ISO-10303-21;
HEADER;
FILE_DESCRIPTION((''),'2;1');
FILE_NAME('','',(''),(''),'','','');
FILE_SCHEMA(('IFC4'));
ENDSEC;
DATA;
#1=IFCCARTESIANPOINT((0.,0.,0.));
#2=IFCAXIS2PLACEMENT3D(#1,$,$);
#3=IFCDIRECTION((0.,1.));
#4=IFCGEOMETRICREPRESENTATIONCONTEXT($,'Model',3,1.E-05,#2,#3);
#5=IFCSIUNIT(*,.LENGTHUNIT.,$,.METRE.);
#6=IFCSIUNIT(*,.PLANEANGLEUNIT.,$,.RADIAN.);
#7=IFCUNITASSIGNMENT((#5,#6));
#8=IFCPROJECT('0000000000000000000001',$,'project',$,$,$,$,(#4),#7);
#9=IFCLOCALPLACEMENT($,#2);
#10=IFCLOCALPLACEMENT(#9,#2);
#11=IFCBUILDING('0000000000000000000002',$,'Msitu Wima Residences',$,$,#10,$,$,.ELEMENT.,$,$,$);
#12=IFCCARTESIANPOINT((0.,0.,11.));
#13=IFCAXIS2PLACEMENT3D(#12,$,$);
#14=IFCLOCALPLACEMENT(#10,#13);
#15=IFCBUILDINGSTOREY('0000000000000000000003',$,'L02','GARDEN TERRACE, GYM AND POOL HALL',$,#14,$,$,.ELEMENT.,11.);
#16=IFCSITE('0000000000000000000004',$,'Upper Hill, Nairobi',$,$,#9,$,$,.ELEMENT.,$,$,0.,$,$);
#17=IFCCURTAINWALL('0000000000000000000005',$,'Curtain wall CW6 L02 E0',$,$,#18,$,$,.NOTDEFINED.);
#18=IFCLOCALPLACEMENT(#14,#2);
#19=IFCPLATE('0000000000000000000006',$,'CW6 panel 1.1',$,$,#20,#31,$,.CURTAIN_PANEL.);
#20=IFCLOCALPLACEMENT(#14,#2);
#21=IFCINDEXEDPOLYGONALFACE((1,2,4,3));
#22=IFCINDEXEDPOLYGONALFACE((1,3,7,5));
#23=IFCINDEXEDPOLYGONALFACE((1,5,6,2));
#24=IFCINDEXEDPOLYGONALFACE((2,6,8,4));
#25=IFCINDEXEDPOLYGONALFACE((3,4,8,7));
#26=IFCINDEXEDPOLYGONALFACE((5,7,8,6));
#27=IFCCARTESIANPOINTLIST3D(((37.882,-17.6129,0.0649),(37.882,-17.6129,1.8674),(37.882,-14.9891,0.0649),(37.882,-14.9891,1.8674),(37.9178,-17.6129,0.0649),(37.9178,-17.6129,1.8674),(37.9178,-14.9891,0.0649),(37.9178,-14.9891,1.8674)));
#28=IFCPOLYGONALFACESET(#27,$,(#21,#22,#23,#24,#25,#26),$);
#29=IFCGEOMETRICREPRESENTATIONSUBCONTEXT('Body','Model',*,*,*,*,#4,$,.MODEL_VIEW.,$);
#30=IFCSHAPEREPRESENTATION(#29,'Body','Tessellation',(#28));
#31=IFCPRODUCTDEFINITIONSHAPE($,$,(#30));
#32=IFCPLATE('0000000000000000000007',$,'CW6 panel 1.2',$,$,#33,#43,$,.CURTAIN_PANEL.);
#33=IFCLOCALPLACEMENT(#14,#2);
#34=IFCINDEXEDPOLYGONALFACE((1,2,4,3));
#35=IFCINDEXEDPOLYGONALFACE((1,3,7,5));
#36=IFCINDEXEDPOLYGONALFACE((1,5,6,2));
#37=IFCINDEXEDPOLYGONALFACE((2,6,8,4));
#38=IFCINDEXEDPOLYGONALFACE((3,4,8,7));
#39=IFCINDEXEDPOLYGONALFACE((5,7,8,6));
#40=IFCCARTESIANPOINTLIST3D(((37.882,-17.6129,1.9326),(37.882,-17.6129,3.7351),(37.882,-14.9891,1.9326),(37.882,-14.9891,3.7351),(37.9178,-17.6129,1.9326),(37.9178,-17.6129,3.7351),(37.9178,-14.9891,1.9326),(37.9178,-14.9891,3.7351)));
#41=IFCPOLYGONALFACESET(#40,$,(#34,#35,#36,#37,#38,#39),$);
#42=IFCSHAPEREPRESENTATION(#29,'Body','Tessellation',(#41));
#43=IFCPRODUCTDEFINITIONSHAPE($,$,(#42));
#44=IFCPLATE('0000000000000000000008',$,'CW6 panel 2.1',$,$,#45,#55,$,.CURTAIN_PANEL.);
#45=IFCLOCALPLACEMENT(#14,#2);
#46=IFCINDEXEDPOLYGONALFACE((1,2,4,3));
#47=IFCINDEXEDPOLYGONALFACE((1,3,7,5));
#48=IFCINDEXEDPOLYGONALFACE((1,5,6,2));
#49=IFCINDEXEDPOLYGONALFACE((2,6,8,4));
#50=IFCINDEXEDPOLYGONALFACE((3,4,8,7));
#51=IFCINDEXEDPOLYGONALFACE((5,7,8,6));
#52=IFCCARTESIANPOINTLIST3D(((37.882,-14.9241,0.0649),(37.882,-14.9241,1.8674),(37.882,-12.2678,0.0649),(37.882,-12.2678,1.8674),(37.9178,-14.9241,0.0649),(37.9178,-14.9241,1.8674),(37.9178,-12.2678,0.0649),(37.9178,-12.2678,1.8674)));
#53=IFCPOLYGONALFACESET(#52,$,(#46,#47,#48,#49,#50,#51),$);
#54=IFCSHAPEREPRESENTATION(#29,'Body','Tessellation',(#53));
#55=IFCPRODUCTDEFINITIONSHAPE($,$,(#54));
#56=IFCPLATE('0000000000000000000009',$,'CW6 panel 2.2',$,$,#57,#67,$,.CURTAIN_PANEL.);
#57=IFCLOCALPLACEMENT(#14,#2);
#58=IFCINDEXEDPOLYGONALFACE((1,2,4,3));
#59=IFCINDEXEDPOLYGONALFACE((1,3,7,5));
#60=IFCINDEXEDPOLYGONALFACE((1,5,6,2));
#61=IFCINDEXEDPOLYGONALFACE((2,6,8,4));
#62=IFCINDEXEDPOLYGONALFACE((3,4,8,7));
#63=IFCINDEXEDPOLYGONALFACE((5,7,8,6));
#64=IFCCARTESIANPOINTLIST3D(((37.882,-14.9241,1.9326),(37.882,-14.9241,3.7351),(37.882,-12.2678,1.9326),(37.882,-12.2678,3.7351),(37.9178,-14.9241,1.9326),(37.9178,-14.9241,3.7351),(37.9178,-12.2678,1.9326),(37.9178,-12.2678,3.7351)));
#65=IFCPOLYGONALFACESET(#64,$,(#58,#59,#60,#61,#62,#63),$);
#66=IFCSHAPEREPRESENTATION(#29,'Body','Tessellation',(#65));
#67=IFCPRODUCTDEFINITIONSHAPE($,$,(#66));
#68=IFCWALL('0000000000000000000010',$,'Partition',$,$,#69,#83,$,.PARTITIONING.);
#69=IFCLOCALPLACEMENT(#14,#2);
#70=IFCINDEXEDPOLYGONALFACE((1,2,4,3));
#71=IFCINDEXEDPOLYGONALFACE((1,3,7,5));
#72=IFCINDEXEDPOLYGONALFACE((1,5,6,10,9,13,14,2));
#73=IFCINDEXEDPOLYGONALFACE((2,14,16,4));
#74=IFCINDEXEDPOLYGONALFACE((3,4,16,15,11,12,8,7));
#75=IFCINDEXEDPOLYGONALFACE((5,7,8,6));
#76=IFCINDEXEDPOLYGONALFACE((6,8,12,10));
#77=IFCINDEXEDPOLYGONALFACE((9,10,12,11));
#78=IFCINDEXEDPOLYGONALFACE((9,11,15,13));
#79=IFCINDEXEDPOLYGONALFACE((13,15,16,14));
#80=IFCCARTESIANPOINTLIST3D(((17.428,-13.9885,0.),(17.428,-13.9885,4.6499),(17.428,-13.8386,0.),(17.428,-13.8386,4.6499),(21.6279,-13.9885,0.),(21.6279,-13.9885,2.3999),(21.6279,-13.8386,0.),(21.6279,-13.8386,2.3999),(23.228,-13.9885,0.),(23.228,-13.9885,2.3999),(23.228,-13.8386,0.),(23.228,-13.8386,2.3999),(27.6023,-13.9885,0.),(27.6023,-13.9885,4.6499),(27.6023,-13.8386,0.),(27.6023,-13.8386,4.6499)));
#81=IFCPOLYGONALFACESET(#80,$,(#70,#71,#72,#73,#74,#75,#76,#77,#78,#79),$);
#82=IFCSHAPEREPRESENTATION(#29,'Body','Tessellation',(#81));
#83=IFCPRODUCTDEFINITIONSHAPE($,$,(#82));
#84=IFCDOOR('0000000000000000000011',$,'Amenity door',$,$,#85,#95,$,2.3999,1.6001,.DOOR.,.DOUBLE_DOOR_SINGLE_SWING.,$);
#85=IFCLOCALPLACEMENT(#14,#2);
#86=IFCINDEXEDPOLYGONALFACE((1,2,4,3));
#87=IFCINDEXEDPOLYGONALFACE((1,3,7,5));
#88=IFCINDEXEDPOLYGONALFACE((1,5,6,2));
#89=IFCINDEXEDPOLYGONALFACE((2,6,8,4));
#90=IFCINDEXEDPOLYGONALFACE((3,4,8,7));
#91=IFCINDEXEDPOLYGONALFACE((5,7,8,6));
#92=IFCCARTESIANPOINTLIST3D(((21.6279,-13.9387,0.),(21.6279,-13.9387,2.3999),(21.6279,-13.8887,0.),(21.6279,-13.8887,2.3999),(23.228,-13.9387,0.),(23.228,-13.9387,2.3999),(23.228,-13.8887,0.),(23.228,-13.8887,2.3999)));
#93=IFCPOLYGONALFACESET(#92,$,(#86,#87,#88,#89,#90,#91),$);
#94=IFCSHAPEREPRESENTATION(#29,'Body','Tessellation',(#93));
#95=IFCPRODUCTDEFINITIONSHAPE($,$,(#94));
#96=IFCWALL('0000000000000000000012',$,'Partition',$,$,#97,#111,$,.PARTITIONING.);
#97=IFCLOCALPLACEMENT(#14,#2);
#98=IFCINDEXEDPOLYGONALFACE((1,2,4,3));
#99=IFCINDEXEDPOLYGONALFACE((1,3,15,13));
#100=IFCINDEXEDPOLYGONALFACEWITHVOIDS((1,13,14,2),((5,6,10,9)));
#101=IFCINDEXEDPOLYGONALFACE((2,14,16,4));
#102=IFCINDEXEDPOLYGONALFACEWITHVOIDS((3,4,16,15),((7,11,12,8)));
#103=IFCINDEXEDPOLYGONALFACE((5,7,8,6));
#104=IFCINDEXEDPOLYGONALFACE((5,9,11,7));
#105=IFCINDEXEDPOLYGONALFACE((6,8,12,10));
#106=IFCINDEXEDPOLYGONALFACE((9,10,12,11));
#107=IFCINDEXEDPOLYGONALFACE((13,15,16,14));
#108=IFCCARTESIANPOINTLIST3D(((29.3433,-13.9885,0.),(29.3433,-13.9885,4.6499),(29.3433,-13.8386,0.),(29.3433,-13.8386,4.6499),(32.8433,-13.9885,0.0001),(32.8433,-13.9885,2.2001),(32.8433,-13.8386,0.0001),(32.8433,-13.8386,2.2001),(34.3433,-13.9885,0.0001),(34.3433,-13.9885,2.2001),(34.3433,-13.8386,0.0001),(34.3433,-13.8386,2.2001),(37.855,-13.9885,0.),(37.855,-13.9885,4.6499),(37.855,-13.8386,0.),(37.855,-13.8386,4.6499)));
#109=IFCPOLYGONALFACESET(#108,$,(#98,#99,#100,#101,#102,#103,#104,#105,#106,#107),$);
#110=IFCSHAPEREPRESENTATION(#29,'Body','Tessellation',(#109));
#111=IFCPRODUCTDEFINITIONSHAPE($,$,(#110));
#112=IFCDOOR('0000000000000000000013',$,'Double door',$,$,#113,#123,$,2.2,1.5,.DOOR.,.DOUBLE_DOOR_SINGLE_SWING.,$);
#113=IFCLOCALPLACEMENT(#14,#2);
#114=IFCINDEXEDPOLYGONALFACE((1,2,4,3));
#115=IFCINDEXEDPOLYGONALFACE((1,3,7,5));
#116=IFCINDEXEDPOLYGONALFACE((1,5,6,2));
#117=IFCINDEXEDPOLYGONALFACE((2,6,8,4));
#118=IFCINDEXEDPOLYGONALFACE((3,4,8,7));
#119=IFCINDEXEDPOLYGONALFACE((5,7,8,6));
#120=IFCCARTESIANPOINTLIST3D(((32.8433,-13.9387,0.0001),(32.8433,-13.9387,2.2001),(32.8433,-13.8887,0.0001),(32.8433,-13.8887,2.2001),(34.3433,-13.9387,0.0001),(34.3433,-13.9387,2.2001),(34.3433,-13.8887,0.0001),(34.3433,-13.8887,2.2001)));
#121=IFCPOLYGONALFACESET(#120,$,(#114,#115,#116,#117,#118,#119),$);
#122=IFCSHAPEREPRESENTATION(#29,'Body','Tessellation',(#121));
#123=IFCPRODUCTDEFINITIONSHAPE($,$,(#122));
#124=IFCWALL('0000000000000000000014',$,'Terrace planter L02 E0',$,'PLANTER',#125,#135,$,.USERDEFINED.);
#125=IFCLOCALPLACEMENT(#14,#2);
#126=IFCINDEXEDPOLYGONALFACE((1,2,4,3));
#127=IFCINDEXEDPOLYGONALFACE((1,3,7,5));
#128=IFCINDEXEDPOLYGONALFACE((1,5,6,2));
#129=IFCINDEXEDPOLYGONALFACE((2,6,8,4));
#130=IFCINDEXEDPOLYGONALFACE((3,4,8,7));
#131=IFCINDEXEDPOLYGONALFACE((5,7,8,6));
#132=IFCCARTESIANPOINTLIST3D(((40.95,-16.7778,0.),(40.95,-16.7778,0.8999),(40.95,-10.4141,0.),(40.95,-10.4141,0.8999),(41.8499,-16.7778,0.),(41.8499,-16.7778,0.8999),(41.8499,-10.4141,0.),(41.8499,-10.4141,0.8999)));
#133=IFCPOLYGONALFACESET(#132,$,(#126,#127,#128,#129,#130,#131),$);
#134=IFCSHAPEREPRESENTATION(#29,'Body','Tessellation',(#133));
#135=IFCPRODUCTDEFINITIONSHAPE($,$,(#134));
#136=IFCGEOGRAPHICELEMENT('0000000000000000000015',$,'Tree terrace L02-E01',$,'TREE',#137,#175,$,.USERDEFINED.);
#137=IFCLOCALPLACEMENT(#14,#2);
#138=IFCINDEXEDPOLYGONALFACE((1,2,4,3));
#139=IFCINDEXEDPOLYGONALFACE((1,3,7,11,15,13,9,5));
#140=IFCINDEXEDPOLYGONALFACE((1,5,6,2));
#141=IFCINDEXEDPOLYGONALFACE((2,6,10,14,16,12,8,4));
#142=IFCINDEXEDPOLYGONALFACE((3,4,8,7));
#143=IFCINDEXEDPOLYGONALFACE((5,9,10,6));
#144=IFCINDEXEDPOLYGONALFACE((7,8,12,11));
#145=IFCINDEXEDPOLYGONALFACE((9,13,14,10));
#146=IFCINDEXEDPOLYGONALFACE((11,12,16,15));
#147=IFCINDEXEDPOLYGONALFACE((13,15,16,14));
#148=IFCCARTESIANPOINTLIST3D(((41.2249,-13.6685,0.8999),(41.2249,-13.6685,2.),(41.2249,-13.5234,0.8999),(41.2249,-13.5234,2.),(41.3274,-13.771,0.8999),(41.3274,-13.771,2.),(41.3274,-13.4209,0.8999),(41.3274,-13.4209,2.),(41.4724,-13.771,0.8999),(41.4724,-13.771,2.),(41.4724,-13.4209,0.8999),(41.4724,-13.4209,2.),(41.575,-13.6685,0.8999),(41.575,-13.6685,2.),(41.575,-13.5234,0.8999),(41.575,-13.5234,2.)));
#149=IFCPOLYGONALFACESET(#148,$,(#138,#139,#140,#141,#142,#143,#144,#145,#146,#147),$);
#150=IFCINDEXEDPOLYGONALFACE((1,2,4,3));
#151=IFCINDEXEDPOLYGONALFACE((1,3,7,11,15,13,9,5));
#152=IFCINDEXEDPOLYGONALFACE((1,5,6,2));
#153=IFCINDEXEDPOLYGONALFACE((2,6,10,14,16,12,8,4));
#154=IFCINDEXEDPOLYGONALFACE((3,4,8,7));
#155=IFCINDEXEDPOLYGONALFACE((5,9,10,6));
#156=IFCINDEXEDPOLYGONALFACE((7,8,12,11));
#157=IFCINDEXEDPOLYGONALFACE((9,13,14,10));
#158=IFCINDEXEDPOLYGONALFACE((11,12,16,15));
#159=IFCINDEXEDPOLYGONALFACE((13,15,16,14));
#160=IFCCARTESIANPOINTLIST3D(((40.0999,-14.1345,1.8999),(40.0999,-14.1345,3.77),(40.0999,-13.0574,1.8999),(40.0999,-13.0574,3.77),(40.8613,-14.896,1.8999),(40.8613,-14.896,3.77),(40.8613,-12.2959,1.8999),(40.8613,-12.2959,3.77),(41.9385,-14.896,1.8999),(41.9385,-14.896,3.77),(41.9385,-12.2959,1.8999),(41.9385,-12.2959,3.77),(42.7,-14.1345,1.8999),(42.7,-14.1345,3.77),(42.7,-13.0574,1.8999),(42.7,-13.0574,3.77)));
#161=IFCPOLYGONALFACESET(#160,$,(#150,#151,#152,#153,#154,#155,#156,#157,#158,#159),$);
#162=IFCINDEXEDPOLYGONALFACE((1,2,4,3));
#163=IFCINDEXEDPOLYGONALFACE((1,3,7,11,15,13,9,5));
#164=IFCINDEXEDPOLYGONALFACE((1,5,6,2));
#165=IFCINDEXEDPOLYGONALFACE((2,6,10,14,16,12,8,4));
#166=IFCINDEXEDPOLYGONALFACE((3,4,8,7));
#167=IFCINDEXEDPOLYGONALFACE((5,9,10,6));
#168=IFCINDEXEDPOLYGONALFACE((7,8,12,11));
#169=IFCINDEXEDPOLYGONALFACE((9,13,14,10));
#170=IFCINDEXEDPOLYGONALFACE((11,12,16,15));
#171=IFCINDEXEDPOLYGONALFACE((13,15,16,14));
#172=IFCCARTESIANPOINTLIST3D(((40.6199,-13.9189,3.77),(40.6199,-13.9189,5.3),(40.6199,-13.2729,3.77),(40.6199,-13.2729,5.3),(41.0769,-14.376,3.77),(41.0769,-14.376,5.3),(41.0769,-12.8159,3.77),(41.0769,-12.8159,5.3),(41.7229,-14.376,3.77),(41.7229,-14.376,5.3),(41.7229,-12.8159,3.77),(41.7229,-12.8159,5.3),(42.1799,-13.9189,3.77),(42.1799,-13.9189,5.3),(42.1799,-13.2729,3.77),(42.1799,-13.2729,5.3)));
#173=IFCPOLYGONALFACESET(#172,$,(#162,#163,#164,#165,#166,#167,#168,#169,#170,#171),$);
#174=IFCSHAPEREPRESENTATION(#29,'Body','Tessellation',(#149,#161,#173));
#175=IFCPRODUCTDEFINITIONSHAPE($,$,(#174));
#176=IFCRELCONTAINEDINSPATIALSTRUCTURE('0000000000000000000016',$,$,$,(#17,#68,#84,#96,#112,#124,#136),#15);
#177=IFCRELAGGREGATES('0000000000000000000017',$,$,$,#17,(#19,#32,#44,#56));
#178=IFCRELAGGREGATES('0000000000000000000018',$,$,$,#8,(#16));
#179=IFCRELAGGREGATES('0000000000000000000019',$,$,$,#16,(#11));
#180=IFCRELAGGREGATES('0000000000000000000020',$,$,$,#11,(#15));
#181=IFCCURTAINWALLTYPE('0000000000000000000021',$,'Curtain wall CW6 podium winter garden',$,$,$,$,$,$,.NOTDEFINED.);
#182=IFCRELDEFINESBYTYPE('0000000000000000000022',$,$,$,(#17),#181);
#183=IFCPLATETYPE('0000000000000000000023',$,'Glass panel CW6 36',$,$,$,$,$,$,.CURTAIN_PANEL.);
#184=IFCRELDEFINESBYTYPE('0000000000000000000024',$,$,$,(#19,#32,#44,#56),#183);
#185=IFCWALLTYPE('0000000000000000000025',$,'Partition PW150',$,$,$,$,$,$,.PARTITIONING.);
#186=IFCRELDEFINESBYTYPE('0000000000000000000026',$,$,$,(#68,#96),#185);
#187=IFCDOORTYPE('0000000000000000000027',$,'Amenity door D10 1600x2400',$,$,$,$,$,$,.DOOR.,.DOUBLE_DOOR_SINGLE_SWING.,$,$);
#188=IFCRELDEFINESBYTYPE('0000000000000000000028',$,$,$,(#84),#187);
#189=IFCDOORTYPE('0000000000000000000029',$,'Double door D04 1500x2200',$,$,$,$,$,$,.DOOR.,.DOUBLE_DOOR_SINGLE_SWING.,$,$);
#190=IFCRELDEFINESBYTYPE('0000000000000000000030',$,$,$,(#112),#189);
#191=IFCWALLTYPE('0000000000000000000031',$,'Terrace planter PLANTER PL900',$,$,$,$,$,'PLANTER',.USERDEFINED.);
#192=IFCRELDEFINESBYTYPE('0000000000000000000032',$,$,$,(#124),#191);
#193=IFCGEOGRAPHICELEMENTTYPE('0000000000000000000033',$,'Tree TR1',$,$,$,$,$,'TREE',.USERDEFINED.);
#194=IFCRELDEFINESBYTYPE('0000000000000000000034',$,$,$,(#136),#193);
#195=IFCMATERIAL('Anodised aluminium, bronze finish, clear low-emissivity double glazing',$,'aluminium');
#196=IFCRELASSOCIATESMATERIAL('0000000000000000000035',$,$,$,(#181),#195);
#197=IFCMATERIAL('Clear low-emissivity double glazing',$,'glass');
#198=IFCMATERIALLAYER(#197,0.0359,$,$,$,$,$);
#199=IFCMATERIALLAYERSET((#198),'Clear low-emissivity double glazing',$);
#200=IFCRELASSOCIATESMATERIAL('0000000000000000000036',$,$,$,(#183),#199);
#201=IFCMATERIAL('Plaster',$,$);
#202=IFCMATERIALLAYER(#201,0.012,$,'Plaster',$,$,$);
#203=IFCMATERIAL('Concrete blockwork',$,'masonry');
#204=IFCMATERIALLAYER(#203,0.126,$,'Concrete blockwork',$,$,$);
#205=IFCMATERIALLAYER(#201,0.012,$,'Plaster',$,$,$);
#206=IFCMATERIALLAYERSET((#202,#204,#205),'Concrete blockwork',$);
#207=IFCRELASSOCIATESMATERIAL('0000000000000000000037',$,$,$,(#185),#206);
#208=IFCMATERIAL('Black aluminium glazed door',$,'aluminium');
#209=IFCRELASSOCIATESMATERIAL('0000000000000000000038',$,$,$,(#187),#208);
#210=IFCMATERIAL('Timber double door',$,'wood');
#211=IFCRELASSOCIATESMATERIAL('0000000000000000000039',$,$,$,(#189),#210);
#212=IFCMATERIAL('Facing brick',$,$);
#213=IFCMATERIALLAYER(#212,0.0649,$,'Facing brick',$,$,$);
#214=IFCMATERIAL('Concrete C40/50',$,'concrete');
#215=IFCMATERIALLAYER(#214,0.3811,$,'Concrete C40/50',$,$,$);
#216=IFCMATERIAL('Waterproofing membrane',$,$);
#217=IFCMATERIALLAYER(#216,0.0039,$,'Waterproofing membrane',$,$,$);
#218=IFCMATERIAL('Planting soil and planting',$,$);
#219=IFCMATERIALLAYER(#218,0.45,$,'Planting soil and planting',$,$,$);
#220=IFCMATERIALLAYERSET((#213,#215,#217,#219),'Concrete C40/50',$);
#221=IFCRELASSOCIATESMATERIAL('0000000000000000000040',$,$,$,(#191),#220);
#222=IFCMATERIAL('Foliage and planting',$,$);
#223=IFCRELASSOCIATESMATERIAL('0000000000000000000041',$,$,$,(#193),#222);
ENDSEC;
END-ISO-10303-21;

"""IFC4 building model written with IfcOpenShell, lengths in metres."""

from ifc_helpers import new_model, si_unit, direction, frame, frame_2d, origin, origin_2d, place, context, subcontext, project, spatial, polyline, rectangle, outline, extrude, material, layer, layer_set, type_object, element, fill, aggregate, save


model = new_model("IFC4")

# Units and contexts
model_context = context("Model", 3, precision=1e-05, world=origin(), true_north=direction((0.0, 1.0)))
body_context = subcontext(model_context, "Body", "Model", "MODEL_VIEW")
ifc_project = project(units=[si_unit("LENGTHUNIT", "METRE"), si_unit("PLANEANGLEUNIT", "RADIAN")], contexts=[model_context])

# Site, building, storey
site_placement = place(None, origin())
site = spatial("IfcSite", under=ifc_project, at=site_placement, Name="Upper Hill, Nairobi", CompositionType="ELEMENT", RefElevation=0.0)
building_placement = place(site_placement, origin())
building = spatial("IfcBuilding", under=site, at=building_placement, Name="Msitu Wima Residences", CompositionType="ELEMENT")
storey_placement = place(building_placement, frame((0.0, 0.0, 11.0)))
storey = spatial("IfcBuildingStorey", under=building, at=storey_placement, Name="L02", Description="GARDEN TERRACE, GYM AND POOL HALL", CompositionType="ELEMENT", Elevation=11.0)

# Curtain wall
ifc_material_1 = material(Name="Anodised aluminium, bronze finish, clear low-emissivity double glazing", Category="aluminium")
curtain_wall_type = type_object("IfcCurtainWallType", Name="Curtain wall CW6 podium winter garden", PredefinedType="NOTDEFINED", material=ifc_material_1)
curtain_wall_placement = place(storey_placement, origin())
curtain_wall = element("IfcCurtainWall", 1, at=curtain_wall_placement, inside=storey, type_object=curtain_wall_type, Name="Curtain wall CW6 L02 E0", PredefinedType="NOTDEFINED")

# Plates
ifc_material_2 = material(Name="Clear low-emissivity double glazing", Category="glass")
ifc_layer_1 = layer(ifc_material_2, 0.0359)
ifc_layer_set_1 = layer_set([ifc_layer_1], Name="Clear low-emissivity double glazing")
plate_type = type_object("IfcPlateType", Name="Glass panel CW6 36", PredefinedType="CURTAIN_PANEL", material=ifc_layer_set_1)
plate_1_placement = place(storey_placement, frame((37.8999, -16.301, 0.0649), z_axis=(0.0, 0.0, 1.0), x_axis=(0.0, 1.0, 0.0)))
plate_1 = element("IfcPlate", 2, at=plate_1_placement, type_object=plate_type, Name="CW6 panel 1.1", PredefinedType="CURTAIN_PANEL", context=body_context, shape_type="SweptSolid", body=[
    extrude(rectangle(XDim=2.6238, YDim=0.0359, at=origin_2d()), origin(), (0.0, 0.0, 1.0), 1.8025),
])
plate_2_placement = place(storey_placement, frame((37.8999, -16.301, 1.9326), z_axis=(0.0, 0.0, 1.0), x_axis=(0.0, 1.0, 0.0)))
plate_2 = element("IfcPlate", 3, at=plate_2_placement, type_object=plate_type, Name="CW6 panel 1.2", PredefinedType="CURTAIN_PANEL", context=body_context, shape_type="SweptSolid", body=[
    extrude(rectangle(XDim=2.6238, YDim=0.0359, at=origin_2d()), origin(), (0.0, 0.0, 1.0), 1.8025),
])
plate_3_placement = place(storey_placement, frame((37.8999, -13.5959, 0.0649), z_axis=(0.0, 0.0, 1.0), x_axis=(0.0, 1.0, 0.0)))
plate_3 = element("IfcPlate", 4, at=plate_3_placement, type_object=plate_type, Name="CW6 panel 2.1", PredefinedType="CURTAIN_PANEL", context=body_context, shape_type="SweptSolid", body=[
    extrude(rectangle(XDim=2.6562, YDim=0.0359, at=origin_2d()), origin(), (0.0, 0.0, 1.0), 1.8025),
])
plate_4_placement = place(storey_placement, frame((37.8999, -13.5959, 1.9326), z_axis=(0.0, 0.0, 1.0), x_axis=(0.0, 1.0, 0.0)))
plate_4 = element("IfcPlate", 5, at=plate_4_placement, type_object=plate_type, Name="CW6 panel 2.2", PredefinedType="CURTAIN_PANEL", context=body_context, shape_type="SweptSolid", body=[
    extrude(rectangle(XDim=2.6562, YDim=0.0359, at=origin_2d()), origin(), (0.0, 0.0, 1.0), 1.8025),
])
aggregate(curtain_wall, [plate_1, plate_2, plate_3, plate_4])

# Walls, openings, doors
ifc_material_3 = material(Name="Plaster")
ifc_layer_2 = layer(ifc_material_3, 0.012, Name="Plaster")
ifc_material_4 = material(Name="Concrete blockwork", Category="masonry")
ifc_layer_3 = layer(ifc_material_4, 0.126, Name="Concrete blockwork")
ifc_layer_4 = layer(ifc_material_3, 0.012, Name="Plaster")
ifc_layer_set_2 = layer_set([ifc_layer_2, ifc_layer_3, ifc_layer_4], Name="Concrete blockwork")
wall_type_1 = type_object("IfcWallType", Name="Partition PW150", PredefinedType="PARTITIONING", material=ifc_layer_set_2)
wall_1_placement = place(storey_placement, frame((17.428, -13.9136, 0.0), z_axis=(0.0, 0.0, 1.0), x_axis=(1.0, 0.0, 0.0)))
wall_1 = element("IfcWall", 6, at=wall_1_placement, inside=storey, type_object=wall_type_1, Name="Partition", PredefinedType="PARTITIONING", context=body_context, shape_type="SweptSolid", body=[
    extrude(rectangle(XDim=10.1743, YDim=0.1499, at=frame_2d((5.0872, 0.0))), origin(), (0.0, 0.0, 1.0), 4.6499),
])
opening_1_placement = place(wall_1_placement, frame((4.2, 0.0, 0.0)))
opening_1 = element("IfcOpeningElement", 7, at=opening_1_placement, cuts=wall_1, PredefinedType="OPENING", context=body_context, shape_type="SweptSolid", body=[
    extrude(rectangle(XDim=1.6001, YDim=2.3999, at=frame_2d((0.8, 1.2))), frame((0.0, 0.085, 0.0), z_axis=(0.0, -1.0, 0.0), x_axis=(1.0, 0.0, 0.0)), (0.0, 0.0, 1.0), 0.1699),
])
ifc_material_5 = material(Name="Black aluminium glazed door", Category="aluminium")
door_type_1 = type_object("IfcDoorType", Name="Amenity door D10 1600x2400", OperationType="DOUBLE_DOOR_SINGLE_SWING", PredefinedType="DOOR", material=ifc_material_5)
door_1_placement = place(opening_1_placement, origin())
door_1 = element("IfcDoor", 8, at=door_1_placement, inside=storey, type_object=door_type_1, Name="Amenity door", OperationType="DOUBLE_DOOR_SINGLE_SWING", OverallHeight=2.3999, OverallWidth=1.6001, PredefinedType="DOOR", context=body_context, shape_type="SweptSolid", body=[
    extrude(rectangle(XDim=1.6001, YDim=2.3999, at=frame_2d((0.8, 1.2))), frame((0.0, 0.0249, 0.0), z_axis=(0.0, -1.0, 0.0), x_axis=(1.0, 0.0, 0.0)), (0.0, 0.0, 1.0), 0.05),
])
fill(opening_1, door_1)
wall_2_placement = place(storey_placement, frame((29.3433, -13.9136, 0.0), z_axis=(0.0, 0.0, 1.0), x_axis=(1.0, 0.0, 0.0)))
wall_2 = element("IfcWall", 9, at=wall_2_placement, inside=storey, type_object=wall_type_1, Name="Partition", PredefinedType="PARTITIONING", context=body_context, shape_type="SweptSolid", body=[
    extrude(rectangle(XDim=8.5117, YDim=0.1499, at=frame_2d((4.2559, 0.0))), origin(), (0.0, 0.0, 1.0), 4.6499),
])
opening_2_placement = place(wall_2_placement, frame((3.5, 0.0, 0.0)))
opening_2 = element("IfcOpeningElement", 10, at=opening_2_placement, cuts=wall_2, PredefinedType="OPENING", context=body_context, shape_type="SweptSolid", body=[
    extrude(rectangle(XDim=1.5, YDim=2.2, at=frame_2d((0.75, 1.1001))), frame((0.0, 0.085, 0.0), z_axis=(0.0, -1.0, 0.0), x_axis=(1.0, 0.0, 0.0)), (0.0, 0.0, 1.0), 0.1699),
])
ifc_material_6 = material(Name="Timber double door", Category="wood")
door_type_2 = type_object("IfcDoorType", Name="Double door D04 1500x2200", OperationType="DOUBLE_DOOR_SINGLE_SWING", PredefinedType="DOOR", material=ifc_material_6)
door_2_placement = place(opening_2_placement, origin())
door_2 = element("IfcDoor", 11, at=door_2_placement, inside=storey, type_object=door_type_2, Name="Double door", OperationType="DOUBLE_DOOR_SINGLE_SWING", OverallHeight=2.2, OverallWidth=1.5, PredefinedType="DOOR", context=body_context, shape_type="SweptSolid", body=[
    extrude(rectangle(XDim=1.5, YDim=2.2, at=frame_2d((0.75, 1.1001))), frame((0.0, 0.0249, 0.0), z_axis=(0.0, -1.0, 0.0), x_axis=(1.0, 0.0, 0.0)), (0.0, 0.0, 1.0), 0.05),
])
fill(opening_2, door_2)

# Wall
ifc_material_7 = material(Name="Facing brick")
ifc_layer_5 = layer(ifc_material_7, 0.0649, Name="Facing brick")
ifc_material_8 = material(Name="Concrete C40/50", Category="concrete")
ifc_layer_6 = layer(ifc_material_8, 0.3811, Name="Concrete C40/50")
ifc_material_9 = material(Name="Waterproofing membrane")
ifc_layer_7 = layer(ifc_material_9, 0.0039, Name="Waterproofing membrane")
ifc_material_10 = material(Name="Planting soil and planting")
ifc_layer_8 = layer(ifc_material_10, 0.45, Name="Planting soil and planting")
ifc_layer_set_3 = layer_set([ifc_layer_5, ifc_layer_6, ifc_layer_7, ifc_layer_8], Name="Concrete C40/50")
wall_type_2 = type_object("IfcWallType", Name="Terrace planter PLANTER PL900", ElementType="PLANTER", PredefinedType="USERDEFINED", material=ifc_layer_set_3)
wall_3_placement = place(storey_placement, frame((41.3999, -16.7778, 0.0), z_axis=(0.0, 0.0, 1.0), x_axis=(0.0, 1.0, 0.0)))
element("IfcWall", 12, at=wall_3_placement, inside=storey, type_object=wall_type_2, Name="Terrace planter L02 E0", ObjectType="PLANTER", PredefinedType="USERDEFINED", context=body_context, shape_type="SweptSolid", body=[
    extrude(rectangle(XDim=6.3638, YDim=0.8999, at=frame_2d((3.1819, 0.0))), origin(), (0.0, 0.0, 1.0), 0.8999),
])

# Geographic element
ifc_material_11 = material(Name="Foliage and planting")
geographic_element_type = type_object("IfcGeographicElementType", Name="Tree TR1", ElementType="TREE", PredefinedType="USERDEFINED", material=ifc_material_11)
geographic_element_placement = place(storey_placement, frame((41.3999, -13.5959, 0.8999), z_axis=(0.0, 0.0, 1.0), x_axis=(1.0, 0.0, 0.0)))
element("IfcGeographicElement", 13, at=geographic_element_placement, inside=storey, type_object=geographic_element_type, Name="Tree terrace L02-E01", ObjectType="TREE", PredefinedType="USERDEFINED", context=body_context, shape_type="SweptSolid", body=[
    extrude(outline(polyline([(0.175, 0.0725), (0.0725, 0.175), (-0.0725, 0.175), (-0.175, 0.0725), (-0.175, -0.0725), (-0.0725, -0.175), (0.0725, -0.175), (0.175, -0.0725), (0.175, 0.0725)])), origin(), (0.0, 0.0, 1.0), 1.1001),
    extrude(outline(polyline([(1.3, 0.5386), (0.5386, 1.3), (-0.5386, 1.3), (-1.3, 0.5386), (-1.3, -0.5386), (-0.5386, -1.3), (0.5386, -1.3), (1.3, -0.5386), (1.3, 0.5386)])), frame((0.0, 0.0, 1.0)), (0.0, 0.0, 1.0), 1.8701),
    extrude(outline(polyline([(0.78, 0.323), (0.323, 0.78), (-0.323, 0.78), (-0.78, 0.323), (-0.78, -0.323), (-0.323, -0.78), (0.323, -0.78), (0.78, -0.323), (0.78, 0.323)])), frame((0.0, 0.0, 2.8701)), (0.0, 0.0, 1.0), 1.53),
])

save(model, "model.ifc")
